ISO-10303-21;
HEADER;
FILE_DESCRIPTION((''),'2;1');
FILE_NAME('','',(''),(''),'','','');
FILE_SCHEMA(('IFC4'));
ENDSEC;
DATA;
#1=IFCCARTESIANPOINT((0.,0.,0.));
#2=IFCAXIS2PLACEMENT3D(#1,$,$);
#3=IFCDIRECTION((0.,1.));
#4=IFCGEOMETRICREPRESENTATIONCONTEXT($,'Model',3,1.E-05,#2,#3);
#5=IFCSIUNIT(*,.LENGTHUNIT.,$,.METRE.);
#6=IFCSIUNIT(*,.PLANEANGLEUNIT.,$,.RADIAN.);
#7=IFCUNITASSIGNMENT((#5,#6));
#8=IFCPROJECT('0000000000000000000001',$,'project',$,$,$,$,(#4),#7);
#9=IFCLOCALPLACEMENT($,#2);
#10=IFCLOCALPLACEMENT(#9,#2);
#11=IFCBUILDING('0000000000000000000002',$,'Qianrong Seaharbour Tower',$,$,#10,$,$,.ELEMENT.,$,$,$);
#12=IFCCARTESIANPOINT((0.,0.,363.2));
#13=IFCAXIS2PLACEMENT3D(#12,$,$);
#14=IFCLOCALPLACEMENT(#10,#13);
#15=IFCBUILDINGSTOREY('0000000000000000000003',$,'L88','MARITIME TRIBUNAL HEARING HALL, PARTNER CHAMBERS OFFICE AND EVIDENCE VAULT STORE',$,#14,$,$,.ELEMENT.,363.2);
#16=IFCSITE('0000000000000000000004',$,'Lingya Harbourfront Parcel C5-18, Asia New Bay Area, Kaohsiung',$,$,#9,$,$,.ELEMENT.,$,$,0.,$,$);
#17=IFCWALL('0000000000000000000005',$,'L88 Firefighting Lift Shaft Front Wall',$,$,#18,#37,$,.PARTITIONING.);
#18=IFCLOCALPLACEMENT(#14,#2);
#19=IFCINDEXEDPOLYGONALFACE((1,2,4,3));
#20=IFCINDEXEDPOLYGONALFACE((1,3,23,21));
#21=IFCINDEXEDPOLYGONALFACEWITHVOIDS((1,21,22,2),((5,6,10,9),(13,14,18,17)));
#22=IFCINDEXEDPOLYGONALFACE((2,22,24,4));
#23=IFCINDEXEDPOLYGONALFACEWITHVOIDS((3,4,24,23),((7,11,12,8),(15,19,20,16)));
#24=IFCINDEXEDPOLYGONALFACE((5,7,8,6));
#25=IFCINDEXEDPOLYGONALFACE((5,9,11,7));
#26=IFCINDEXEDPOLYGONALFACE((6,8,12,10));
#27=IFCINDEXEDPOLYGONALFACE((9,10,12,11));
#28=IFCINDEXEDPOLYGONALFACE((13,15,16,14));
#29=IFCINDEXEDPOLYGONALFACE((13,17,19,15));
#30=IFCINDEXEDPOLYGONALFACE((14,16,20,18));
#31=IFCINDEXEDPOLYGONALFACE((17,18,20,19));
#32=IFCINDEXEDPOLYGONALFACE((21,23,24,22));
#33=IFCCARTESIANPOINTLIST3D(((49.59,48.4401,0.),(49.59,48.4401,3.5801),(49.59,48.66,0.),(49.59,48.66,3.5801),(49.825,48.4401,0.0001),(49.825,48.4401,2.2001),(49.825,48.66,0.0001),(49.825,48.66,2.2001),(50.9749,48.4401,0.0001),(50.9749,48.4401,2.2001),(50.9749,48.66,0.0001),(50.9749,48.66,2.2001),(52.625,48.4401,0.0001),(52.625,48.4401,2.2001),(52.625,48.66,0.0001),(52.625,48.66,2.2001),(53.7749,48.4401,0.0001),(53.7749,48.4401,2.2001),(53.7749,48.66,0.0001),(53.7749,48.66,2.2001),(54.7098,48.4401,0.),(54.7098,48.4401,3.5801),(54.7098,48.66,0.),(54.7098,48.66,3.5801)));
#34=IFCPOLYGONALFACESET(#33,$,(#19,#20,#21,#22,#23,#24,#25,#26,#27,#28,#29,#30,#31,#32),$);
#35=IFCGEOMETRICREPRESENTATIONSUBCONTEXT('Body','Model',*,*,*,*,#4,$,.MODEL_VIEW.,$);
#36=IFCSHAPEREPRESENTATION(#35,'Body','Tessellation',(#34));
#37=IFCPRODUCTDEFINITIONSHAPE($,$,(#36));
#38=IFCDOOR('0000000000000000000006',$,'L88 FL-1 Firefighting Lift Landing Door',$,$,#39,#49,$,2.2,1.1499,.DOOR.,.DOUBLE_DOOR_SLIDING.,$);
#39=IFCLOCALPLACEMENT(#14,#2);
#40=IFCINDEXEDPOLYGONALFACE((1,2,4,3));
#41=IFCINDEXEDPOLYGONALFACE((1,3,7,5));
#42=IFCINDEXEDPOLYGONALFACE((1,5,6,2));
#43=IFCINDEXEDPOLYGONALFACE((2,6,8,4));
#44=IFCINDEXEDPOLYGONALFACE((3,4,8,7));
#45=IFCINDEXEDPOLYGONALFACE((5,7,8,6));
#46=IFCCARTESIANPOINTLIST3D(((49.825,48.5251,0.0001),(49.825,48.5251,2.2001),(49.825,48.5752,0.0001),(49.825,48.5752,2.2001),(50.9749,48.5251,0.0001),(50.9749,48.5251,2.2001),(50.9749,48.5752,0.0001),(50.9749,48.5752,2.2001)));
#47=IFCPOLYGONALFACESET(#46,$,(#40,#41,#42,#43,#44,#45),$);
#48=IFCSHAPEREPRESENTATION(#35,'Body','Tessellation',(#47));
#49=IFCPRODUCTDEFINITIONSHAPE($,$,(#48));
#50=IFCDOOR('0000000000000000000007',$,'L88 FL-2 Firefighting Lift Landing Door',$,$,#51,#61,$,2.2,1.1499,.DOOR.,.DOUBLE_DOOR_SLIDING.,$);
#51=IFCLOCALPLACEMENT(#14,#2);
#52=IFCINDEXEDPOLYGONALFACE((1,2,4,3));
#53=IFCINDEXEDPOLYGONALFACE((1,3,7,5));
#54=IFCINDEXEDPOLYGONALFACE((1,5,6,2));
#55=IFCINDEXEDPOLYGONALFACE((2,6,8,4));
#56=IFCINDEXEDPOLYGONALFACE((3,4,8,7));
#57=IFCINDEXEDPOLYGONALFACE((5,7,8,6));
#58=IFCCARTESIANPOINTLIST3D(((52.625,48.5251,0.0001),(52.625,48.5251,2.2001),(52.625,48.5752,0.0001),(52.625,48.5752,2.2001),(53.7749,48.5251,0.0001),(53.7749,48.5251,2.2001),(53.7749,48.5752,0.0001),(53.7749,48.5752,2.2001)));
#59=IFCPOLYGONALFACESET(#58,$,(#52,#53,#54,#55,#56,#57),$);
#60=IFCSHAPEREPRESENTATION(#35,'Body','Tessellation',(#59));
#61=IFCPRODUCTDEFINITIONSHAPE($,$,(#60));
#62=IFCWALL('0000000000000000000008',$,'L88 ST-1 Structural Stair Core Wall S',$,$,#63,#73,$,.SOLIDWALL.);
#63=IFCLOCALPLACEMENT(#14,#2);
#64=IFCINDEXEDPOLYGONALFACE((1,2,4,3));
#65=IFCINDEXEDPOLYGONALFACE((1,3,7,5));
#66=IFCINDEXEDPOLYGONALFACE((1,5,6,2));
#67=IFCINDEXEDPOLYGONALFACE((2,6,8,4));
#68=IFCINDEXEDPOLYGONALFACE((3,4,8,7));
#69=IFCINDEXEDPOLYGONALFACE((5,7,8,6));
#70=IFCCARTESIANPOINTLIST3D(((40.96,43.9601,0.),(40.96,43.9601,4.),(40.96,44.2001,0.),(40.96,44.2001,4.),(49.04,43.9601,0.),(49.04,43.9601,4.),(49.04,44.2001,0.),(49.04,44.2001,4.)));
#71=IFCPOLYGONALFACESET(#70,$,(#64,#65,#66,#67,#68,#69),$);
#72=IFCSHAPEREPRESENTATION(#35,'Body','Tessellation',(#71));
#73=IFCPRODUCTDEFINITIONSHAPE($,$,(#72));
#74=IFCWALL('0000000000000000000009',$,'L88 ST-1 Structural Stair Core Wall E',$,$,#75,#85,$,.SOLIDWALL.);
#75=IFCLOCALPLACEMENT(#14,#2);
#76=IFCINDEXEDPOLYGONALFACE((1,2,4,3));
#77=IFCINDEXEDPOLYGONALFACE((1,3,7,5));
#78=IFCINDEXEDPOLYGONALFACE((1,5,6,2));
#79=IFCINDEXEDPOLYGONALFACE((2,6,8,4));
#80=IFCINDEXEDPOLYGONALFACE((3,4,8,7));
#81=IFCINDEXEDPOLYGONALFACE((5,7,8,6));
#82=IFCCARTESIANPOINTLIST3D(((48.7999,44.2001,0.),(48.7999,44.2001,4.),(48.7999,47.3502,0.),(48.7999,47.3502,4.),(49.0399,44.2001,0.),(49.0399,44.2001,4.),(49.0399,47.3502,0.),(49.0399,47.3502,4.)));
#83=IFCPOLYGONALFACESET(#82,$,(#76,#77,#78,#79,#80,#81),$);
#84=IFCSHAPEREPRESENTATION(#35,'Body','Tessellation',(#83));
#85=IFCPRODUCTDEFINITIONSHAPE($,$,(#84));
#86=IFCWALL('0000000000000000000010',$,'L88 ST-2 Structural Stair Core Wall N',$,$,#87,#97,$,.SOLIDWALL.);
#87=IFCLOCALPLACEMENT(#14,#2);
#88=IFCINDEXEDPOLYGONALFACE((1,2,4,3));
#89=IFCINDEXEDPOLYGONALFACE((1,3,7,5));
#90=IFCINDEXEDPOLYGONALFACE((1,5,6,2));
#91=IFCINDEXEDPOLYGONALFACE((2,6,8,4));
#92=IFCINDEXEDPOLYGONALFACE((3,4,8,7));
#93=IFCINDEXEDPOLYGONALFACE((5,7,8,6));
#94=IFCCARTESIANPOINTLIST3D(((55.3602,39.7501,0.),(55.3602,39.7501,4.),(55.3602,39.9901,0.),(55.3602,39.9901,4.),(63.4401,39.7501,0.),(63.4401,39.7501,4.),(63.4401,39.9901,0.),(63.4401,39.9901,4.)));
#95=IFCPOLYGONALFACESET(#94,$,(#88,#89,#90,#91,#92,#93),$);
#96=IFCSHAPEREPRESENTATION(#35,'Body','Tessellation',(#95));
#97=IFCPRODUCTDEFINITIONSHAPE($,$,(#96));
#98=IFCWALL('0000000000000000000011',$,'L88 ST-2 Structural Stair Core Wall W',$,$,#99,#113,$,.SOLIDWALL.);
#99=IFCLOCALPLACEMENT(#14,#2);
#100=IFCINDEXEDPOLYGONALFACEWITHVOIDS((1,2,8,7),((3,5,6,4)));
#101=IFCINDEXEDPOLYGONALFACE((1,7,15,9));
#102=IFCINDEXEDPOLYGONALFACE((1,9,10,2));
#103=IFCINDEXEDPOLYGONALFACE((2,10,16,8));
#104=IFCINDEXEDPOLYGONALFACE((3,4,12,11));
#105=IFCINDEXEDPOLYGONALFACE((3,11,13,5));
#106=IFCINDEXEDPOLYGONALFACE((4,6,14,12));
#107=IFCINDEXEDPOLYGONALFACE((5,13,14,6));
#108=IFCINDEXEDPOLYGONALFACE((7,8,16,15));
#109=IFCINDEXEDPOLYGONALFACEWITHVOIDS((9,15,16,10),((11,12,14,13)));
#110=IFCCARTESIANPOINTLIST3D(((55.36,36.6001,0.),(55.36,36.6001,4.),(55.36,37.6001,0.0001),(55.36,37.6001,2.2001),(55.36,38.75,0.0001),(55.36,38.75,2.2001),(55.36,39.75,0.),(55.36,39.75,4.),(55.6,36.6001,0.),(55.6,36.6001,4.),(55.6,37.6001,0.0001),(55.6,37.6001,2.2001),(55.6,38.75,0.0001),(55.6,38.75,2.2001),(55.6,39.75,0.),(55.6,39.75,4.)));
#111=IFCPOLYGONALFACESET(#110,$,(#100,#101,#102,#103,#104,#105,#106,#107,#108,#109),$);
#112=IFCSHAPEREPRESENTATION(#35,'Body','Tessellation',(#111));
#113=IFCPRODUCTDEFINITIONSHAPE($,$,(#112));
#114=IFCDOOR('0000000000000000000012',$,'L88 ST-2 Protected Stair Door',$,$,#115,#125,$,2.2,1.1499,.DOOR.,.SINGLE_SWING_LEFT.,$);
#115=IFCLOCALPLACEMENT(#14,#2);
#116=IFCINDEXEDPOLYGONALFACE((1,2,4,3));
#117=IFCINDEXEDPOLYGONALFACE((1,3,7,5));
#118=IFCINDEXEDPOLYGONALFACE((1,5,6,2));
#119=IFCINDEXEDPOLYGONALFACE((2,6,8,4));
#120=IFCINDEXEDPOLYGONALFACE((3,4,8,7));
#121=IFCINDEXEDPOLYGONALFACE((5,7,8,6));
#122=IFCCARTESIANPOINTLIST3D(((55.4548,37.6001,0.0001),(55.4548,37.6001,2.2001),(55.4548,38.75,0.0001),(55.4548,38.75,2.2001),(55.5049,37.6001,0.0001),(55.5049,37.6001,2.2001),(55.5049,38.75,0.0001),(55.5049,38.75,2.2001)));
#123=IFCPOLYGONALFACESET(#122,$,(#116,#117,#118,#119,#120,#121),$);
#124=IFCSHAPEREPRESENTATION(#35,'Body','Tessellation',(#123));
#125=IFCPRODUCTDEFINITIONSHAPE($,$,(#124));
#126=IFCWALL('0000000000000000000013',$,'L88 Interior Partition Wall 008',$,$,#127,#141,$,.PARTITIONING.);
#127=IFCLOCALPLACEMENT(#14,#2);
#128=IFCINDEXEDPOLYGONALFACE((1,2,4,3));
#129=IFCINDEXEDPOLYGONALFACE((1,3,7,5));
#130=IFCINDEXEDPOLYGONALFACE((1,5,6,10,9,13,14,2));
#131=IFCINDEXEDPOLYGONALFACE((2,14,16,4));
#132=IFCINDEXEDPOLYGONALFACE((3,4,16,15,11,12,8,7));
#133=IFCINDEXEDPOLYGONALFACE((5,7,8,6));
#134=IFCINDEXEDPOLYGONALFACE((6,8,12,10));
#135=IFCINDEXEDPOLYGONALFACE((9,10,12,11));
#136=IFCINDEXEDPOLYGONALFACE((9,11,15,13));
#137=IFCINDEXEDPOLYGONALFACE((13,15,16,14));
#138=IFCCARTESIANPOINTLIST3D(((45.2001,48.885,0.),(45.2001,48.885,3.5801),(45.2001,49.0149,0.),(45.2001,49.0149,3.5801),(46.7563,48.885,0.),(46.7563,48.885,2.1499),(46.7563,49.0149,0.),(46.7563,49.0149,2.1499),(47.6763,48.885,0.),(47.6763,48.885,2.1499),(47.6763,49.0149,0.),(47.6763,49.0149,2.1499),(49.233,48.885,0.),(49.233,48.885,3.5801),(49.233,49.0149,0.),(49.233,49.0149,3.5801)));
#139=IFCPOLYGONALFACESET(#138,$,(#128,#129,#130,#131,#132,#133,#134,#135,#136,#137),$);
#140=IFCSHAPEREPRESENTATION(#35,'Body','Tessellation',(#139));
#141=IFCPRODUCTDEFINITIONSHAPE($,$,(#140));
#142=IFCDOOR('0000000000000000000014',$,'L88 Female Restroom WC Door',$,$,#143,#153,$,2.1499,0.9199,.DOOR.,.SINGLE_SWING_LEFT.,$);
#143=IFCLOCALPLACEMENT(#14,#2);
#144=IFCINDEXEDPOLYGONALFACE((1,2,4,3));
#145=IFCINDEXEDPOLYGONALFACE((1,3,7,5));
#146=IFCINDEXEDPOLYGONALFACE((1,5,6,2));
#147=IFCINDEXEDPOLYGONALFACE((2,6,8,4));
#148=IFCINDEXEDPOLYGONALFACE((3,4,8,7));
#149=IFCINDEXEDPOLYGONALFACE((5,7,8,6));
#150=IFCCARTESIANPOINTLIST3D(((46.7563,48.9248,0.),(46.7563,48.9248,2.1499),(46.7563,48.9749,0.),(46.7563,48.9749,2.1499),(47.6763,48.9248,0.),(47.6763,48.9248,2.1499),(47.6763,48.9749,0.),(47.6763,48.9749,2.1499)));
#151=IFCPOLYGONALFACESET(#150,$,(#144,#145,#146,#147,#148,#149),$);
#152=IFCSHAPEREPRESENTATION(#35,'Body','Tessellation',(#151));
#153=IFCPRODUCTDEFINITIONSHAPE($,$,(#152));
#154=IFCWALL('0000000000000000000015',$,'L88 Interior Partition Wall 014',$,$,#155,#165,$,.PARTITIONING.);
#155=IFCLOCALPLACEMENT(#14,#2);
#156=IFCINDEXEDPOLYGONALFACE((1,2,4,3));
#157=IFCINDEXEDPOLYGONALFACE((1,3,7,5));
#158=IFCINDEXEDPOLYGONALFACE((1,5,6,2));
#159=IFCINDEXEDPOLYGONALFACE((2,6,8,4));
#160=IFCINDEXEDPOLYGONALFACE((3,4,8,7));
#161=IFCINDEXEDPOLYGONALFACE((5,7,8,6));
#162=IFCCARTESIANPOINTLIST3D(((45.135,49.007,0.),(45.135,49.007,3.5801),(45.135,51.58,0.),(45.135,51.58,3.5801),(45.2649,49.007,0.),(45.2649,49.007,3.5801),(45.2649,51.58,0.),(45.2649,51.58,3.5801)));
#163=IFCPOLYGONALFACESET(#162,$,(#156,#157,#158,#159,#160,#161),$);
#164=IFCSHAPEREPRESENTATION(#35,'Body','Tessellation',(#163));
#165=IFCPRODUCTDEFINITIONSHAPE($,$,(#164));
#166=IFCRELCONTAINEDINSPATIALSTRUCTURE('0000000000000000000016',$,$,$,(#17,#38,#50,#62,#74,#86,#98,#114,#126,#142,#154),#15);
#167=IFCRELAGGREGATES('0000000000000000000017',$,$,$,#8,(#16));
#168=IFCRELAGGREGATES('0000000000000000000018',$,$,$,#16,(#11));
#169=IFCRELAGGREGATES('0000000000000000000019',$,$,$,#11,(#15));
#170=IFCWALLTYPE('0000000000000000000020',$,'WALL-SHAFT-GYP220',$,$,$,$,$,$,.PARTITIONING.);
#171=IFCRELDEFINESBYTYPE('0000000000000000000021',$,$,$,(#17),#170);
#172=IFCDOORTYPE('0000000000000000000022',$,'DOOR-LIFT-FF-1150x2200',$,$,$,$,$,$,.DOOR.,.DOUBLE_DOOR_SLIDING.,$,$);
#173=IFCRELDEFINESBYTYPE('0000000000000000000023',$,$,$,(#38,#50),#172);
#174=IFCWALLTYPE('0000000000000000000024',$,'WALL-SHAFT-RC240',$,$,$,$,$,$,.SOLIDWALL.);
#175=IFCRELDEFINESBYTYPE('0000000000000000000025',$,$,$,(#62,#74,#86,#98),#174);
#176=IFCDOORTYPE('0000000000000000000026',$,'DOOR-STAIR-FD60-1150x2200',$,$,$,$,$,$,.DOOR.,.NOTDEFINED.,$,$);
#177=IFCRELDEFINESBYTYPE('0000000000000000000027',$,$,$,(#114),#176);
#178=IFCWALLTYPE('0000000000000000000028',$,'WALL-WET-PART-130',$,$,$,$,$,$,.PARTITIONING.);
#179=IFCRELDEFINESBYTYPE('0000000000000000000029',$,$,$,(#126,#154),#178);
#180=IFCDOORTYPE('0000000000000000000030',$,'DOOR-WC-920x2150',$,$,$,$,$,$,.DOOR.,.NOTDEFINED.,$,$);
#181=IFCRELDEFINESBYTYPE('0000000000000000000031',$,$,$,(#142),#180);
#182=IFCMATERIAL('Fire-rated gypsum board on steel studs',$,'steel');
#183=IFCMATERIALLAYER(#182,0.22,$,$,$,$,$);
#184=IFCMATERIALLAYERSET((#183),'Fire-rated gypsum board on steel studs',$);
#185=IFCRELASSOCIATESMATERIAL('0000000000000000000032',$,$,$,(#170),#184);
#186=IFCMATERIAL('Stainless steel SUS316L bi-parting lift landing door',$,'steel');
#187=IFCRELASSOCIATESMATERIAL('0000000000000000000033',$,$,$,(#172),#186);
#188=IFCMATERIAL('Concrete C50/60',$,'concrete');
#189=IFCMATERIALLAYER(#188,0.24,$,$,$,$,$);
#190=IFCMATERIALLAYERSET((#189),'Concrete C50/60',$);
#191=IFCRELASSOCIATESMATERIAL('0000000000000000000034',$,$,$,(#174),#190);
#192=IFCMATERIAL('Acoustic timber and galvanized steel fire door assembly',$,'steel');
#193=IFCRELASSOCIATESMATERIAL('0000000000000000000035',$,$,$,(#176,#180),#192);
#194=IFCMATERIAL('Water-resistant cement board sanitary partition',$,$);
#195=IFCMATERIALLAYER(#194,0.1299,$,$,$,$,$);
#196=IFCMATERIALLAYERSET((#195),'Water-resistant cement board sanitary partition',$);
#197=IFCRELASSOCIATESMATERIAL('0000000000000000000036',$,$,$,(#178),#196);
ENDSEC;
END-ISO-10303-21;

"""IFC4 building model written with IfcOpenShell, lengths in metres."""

from ifc_helpers import new_model, si_unit, direction, frame, frame_2d, origin, place, context, subcontext, project, spatial, rectangle, extrude, material, layer, layer_set, type_object, element, fill, save


model = new_model("IFC4")

# Units and contexts
model_context = context("Model", 3, precision=1e-05, world=origin(), true_north=direction((0.0, 1.0)))
body_context = subcontext(model_context, "Body", "Model", "MODEL_VIEW")
ifc_project = project(units=[si_unit("LENGTHUNIT", "METRE"), si_unit("PLANEANGLEUNIT", "RADIAN")], contexts=[model_context])

# Site, building, storey
site_placement = place(None, origin())
site = spatial("IfcSite", under=ifc_project, at=site_placement, Name="Lingya Harbourfront Parcel C5-18, Asia New Bay Area, Kaohsiung", CompositionType="ELEMENT", RefElevation=0.0)
building_placement = place(site_placement, origin())
building = spatial("IfcBuilding", under=site, at=building_placement, Name="Qianrong Seaharbour Tower", CompositionType="ELEMENT")
storey_placement = place(building_placement, frame((0.0, 0.0, 363.2)))
storey = spatial("IfcBuildingStorey", under=building, at=storey_placement, Name="L88", Description="MARITIME TRIBUNAL HEARING HALL, PARTNER CHAMBERS OFFICE AND EVIDENCE VAULT STORE", CompositionType="ELEMENT", Elevation=363.2)

# Shared definitions
ifc_material_1 = material(Name="Concrete C50/60", Category="concrete")

# Shared definitions
ifc_material_2 = material(Name="Acoustic timber and galvanized steel fire door assembly", Category="steel")

# Shared definitions
ifc_material_3 = material(Name="Fire-rated gypsum board on steel studs", Category="steel")

# Wall, openings, doors
ifc_layer_1 = layer(ifc_material_3, 0.22)
ifc_layer_set_1 = layer_set([ifc_layer_1], Name="Fire-rated gypsum board on steel studs")
wall_type_1 = type_object("IfcWallType", Name="WALL-SHAFT-GYP220", PredefinedType="PARTITIONING", material=ifc_layer_set_1)
wall_1_placement = place(storey_placement, frame((54.71, 48.55, 0.0), z_axis=(0.0, 0.0, 1.0), x_axis=(-1.0, 0.0, 0.0)))
wall_1 = element("IfcWall", 1, at=wall_1_placement, inside=storey, type_object=wall_type_1, Name="L88 Firefighting Lift Shaft Front Wall", PredefinedType="PARTITIONING", context=body_context, shape_type="SweptSolid", body=[
    extrude(rectangle(XDim=5.1199, YDim=0.22, at=frame_2d((2.5601, 0.0))), origin(), (0.0, 0.0, 1.0), 3.5801),
])
opening_1_placement = place(wall_1_placement, frame((3.7351, 0.0, 0.0)))
opening_1 = element("IfcOpeningElement", 2, at=opening_1_placement, cuts=wall_1, PredefinedType="OPENING", context=body_context, shape_type="SweptSolid", body=[
    extrude(rectangle(XDim=1.1499, YDim=2.2, at=frame_2d((0.575, 1.1001))), frame((0.0, 0.1201, 0.0), z_axis=(0.0, -1.0, 0.0), x_axis=(1.0, 0.0, 0.0)), (0.0, 0.0, 1.0), 0.24),
])
opening_2_placement = place(wall_1_placement, frame((0.9351, 0.0, 0.0)))
opening_2 = element("IfcOpeningElement", 3, at=opening_2_placement, cuts=wall_1, PredefinedType="OPENING", context=body_context, shape_type="SweptSolid", body=[
    extrude(rectangle(XDim=1.1499, YDim=2.2, at=frame_2d((0.575, 1.1001))), frame((0.0, 0.1201, 0.0), z_axis=(0.0, -1.0, 0.0), x_axis=(1.0, 0.0, 0.0)), (0.0, 0.0, 1.0), 0.24),
])
ifc_material_4 = material(Name="Stainless steel SUS316L bi-parting lift landing door", Category="steel")
door_type_1 = type_object("IfcDoorType", Name="DOOR-LIFT-FF-1150x2200", OperationType="DOUBLE_DOOR_SLIDING", PredefinedType="DOOR", material=ifc_material_4)
door_1_placement = place(opening_1_placement, origin())
door_1 = element("IfcDoor", 4, at=door_1_placement, inside=storey, type_object=door_type_1, Name="L88 FL-1 Firefighting Lift Landing Door", OperationType="DOUBLE_DOOR_SLIDING", OverallHeight=2.2, OverallWidth=1.1499, PredefinedType="DOOR", context=body_context, shape_type="SweptSolid", body=[
    extrude(rectangle(XDim=1.1499, YDim=2.2, at=frame_2d((0.575, 1.1001))), frame((0.0, 0.0249, 0.0), z_axis=(0.0, -1.0, 0.0), x_axis=(1.0, 0.0, 0.0)), (0.0, 0.0, 1.0), 0.05),
])
fill(opening_1, door_1)
door_2_placement = place(opening_2_placement, origin())
door_2 = element("IfcDoor", 5, at=door_2_placement, inside=storey, type_object=door_type_1, Name="L88 FL-2 Firefighting Lift Landing Door", OperationType="DOUBLE_DOOR_SLIDING", OverallHeight=2.2, OverallWidth=1.1499, PredefinedType="DOOR", context=body_context, shape_type="SweptSolid", body=[
    extrude(rectangle(XDim=1.1499, YDim=2.2, at=frame_2d((0.575, 1.1001))), frame((0.0, 0.0249, 0.0), z_axis=(0.0, -1.0, 0.0), x_axis=(1.0, 0.0, 0.0)), (0.0, 0.0, 1.0), 0.05),
])
fill(opening_2, door_2)

# Walls
ifc_layer_2 = layer(ifc_material_1, 0.24)
ifc_layer_set_2 = layer_set([ifc_layer_2], Name="Concrete C50/60")
wall_type_2 = type_object("IfcWallType", Name="WALL-SHAFT-RC240", PredefinedType="SOLIDWALL", material=ifc_layer_set_2)
wall_2_placement = place(storey_placement, frame((49.04, 44.0801, 0.0), z_axis=(0.0, 0.0, 1.0), x_axis=(-1.0, 0.0, 0.0)))
element("IfcWall", 6, at=wall_2_placement, inside=storey, type_object=wall_type_2, Name="L88 ST-1 Structural Stair Core Wall S", PredefinedType="SOLIDWALL", context=body_context, shape_type="SweptSolid", body=[
    extrude(rectangle(XDim=8.0801, YDim=0.24, at=frame_2d((4.04, 0.0))), origin(), (0.0, 0.0, 1.0), 4.0),
])
wall_3_placement = place(storey_placement, frame((48.9199, 44.2, 0.0), z_axis=(0.0, 0.0, 1.0), x_axis=(0.0, 1.0, 0.0)))
element("IfcWall", 7, at=wall_3_placement, inside=storey, type_object=wall_type_2, Name="L88 ST-1 Structural Stair Core Wall E", PredefinedType="SOLIDWALL", context=body_context, shape_type="SweptSolid", body=[
    extrude(rectangle(XDim=3.1501, YDim=0.24, at=frame_2d((1.5752, 0.0))), origin(), (0.0, 0.0, 1.0), 4.0),
])
wall_4_placement = place(storey_placement, frame((55.3601, 39.8701, 0.0), z_axis=(0.0, 0.0, 1.0), x_axis=(1.0, 0.0, 0.0)))
element("IfcWall", 8, at=wall_4_placement, inside=storey, type_object=wall_type_2, Name="L88 ST-2 Structural Stair Core Wall N", PredefinedType="SOLIDWALL", context=body_context, shape_type="SweptSolid", body=[
    extrude(rectangle(XDim=8.0798, YDim=0.24, at=frame_2d((4.04, 0.0))), origin(), (0.0, 0.0, 1.0), 4.0),
])

# Walls, openings, doors
wall_5_placement = place(storey_placement, frame((55.48, 39.75, 0.0), z_axis=(0.0, 0.0, 1.0), x_axis=(0.0, -1.0, 0.0)))
wall_5 = element("IfcWall", 9, at=wall_5_placement, inside=storey, type_object=wall_type_2, Name="L88 ST-2 Structural Stair Core Wall W", PredefinedType="SOLIDWALL", context=body_context, shape_type="SweptSolid", body=[
    extrude(rectangle(XDim=3.1499, YDim=0.24, at=frame_2d((1.575, 0.0))), origin(), (0.0, 0.0, 1.0), 4.0),
])
opening_3_placement = place(wall_5_placement, frame((1.0, 0.0, 0.0)))
opening_3 = element("IfcOpeningElement", 10, at=opening_3_placement, cuts=wall_5, PredefinedType="OPENING", context=body_context, shape_type="SweptSolid", body=[
    extrude(rectangle(XDim=1.1499, YDim=2.2, at=frame_2d((0.575, 1.1001))), frame((0.0, 0.1299, 0.0), z_axis=(0.0, -1.0, 0.0), x_axis=(1.0, 0.0, 0.0)), (0.0, 0.0, 1.0), 0.26),
])
door_type_2 = type_object("IfcDoorType", Name="DOOR-STAIR-FD60-1150x2200", OperationType="NOTDEFINED", PredefinedType="DOOR", material=ifc_material_2)
door_3_placement = place(opening_3_placement, origin())
door_3 = element("IfcDoor", 11, at=door_3_placement, inside=storey, type_object=door_type_2, Name="L88 ST-2 Protected Stair Door", OperationType="SINGLE_SWING_LEFT", OverallHeight=2.2, OverallWidth=1.1499, PredefinedType="DOOR", context=body_context, shape_type="SweptSolid", body=[
    extrude(rectangle(XDim=1.1499, YDim=2.2, at=frame_2d((0.575, 1.1001))), frame((0.0, 0.0249, 0.0), z_axis=(0.0, -1.0, 0.0), x_axis=(1.0, 0.0, 0.0)), (0.0, 0.0, 1.0), 0.05),
])
fill(opening_3, door_3)
ifc_material_5 = material(Name="Water-resistant cement board sanitary partition")
ifc_layer_3 = layer(ifc_material_5, 0.1299)
ifc_layer_set_3 = layer_set([ifc_layer_3], Name="Water-resistant cement board sanitary partition")
wall_type_3 = type_object("IfcWallType", Name="WALL-WET-PART-130", PredefinedType="PARTITIONING", material=ifc_layer_set_3)
wall_6_placement = place(storey_placement, frame((45.2, 48.95, 0.0), z_axis=(0.0, 0.0, 1.0), x_axis=(1.0, 0.0, 0.0)))
wall_6 = element("IfcWall", 12, at=wall_6_placement, inside=storey, type_object=wall_type_3, Name="L88 Interior Partition Wall 008", PredefinedType="PARTITIONING", context=body_context, shape_type="SweptSolid", body=[
    extrude(rectangle(XDim=4.033, YDim=0.1299, at=frame_2d((2.0166, 0.0))), origin(), (0.0, 0.0, 1.0), 3.5801),
])
opening_4_placement = place(wall_6_placement, frame((1.5564, 0.0, 0.0)))
opening_4 = element("IfcOpeningElement", 13, at=opening_4_placement, cuts=wall_6, PredefinedType="OPENING", context=body_context, shape_type="SweptSolid", body=[
    extrude(rectangle(XDim=0.9199, YDim=2.1499, at=frame_2d((0.46, 1.075))), frame((0.0, 0.075, 0.0), z_axis=(0.0, -1.0, 0.0), x_axis=(1.0, 0.0, 0.0)), (0.0, 0.0, 1.0), 0.1499),
])
door_type_3 = type_object("IfcDoorType", Name="DOOR-WC-920x2150", OperationType="NOTDEFINED", PredefinedType="DOOR", material=ifc_material_2)
door_4_placement = place(opening_4_placement, origin())
door_4 = element("IfcDoor", 14, at=door_4_placement, inside=storey, type_object=door_type_3, Name="L88 Female Restroom WC Door", OperationType="SINGLE_SWING_LEFT", OverallHeight=2.1499, OverallWidth=0.9199, PredefinedType="DOOR", context=body_context, shape_type="SweptSolid", body=[
    extrude(rectangle(XDim=0.9199, YDim=2.1499, at=frame_2d((0.46, 1.075))), frame((0.0, 0.0249, 0.0), z_axis=(0.0, -1.0, 0.0), x_axis=(1.0, 0.0, 0.0)), (0.0, 0.0, 1.0), 0.05),
])
fill(opening_4, door_4)

# Wall
wall_7_placement = place(storey_placement, frame((45.2, 51.5801, 0.0), z_axis=(0.0, 0.0, 1.0), x_axis=(0.0, -1.0, 0.0)))
element("IfcWall", 15, at=wall_7_placement, inside=storey, type_object=wall_type_3, Name="L88 Interior Partition Wall 014", PredefinedType="PARTITIONING", context=body_context, shape_type="SweptSolid", body=[
    extrude(rectangle(XDim=2.573, YDim=0.1299, at=frame_2d((1.2866, 0.0))), origin(), (0.0, 0.0, 1.0), 3.5801),
])

save(model, "model.ifc")
